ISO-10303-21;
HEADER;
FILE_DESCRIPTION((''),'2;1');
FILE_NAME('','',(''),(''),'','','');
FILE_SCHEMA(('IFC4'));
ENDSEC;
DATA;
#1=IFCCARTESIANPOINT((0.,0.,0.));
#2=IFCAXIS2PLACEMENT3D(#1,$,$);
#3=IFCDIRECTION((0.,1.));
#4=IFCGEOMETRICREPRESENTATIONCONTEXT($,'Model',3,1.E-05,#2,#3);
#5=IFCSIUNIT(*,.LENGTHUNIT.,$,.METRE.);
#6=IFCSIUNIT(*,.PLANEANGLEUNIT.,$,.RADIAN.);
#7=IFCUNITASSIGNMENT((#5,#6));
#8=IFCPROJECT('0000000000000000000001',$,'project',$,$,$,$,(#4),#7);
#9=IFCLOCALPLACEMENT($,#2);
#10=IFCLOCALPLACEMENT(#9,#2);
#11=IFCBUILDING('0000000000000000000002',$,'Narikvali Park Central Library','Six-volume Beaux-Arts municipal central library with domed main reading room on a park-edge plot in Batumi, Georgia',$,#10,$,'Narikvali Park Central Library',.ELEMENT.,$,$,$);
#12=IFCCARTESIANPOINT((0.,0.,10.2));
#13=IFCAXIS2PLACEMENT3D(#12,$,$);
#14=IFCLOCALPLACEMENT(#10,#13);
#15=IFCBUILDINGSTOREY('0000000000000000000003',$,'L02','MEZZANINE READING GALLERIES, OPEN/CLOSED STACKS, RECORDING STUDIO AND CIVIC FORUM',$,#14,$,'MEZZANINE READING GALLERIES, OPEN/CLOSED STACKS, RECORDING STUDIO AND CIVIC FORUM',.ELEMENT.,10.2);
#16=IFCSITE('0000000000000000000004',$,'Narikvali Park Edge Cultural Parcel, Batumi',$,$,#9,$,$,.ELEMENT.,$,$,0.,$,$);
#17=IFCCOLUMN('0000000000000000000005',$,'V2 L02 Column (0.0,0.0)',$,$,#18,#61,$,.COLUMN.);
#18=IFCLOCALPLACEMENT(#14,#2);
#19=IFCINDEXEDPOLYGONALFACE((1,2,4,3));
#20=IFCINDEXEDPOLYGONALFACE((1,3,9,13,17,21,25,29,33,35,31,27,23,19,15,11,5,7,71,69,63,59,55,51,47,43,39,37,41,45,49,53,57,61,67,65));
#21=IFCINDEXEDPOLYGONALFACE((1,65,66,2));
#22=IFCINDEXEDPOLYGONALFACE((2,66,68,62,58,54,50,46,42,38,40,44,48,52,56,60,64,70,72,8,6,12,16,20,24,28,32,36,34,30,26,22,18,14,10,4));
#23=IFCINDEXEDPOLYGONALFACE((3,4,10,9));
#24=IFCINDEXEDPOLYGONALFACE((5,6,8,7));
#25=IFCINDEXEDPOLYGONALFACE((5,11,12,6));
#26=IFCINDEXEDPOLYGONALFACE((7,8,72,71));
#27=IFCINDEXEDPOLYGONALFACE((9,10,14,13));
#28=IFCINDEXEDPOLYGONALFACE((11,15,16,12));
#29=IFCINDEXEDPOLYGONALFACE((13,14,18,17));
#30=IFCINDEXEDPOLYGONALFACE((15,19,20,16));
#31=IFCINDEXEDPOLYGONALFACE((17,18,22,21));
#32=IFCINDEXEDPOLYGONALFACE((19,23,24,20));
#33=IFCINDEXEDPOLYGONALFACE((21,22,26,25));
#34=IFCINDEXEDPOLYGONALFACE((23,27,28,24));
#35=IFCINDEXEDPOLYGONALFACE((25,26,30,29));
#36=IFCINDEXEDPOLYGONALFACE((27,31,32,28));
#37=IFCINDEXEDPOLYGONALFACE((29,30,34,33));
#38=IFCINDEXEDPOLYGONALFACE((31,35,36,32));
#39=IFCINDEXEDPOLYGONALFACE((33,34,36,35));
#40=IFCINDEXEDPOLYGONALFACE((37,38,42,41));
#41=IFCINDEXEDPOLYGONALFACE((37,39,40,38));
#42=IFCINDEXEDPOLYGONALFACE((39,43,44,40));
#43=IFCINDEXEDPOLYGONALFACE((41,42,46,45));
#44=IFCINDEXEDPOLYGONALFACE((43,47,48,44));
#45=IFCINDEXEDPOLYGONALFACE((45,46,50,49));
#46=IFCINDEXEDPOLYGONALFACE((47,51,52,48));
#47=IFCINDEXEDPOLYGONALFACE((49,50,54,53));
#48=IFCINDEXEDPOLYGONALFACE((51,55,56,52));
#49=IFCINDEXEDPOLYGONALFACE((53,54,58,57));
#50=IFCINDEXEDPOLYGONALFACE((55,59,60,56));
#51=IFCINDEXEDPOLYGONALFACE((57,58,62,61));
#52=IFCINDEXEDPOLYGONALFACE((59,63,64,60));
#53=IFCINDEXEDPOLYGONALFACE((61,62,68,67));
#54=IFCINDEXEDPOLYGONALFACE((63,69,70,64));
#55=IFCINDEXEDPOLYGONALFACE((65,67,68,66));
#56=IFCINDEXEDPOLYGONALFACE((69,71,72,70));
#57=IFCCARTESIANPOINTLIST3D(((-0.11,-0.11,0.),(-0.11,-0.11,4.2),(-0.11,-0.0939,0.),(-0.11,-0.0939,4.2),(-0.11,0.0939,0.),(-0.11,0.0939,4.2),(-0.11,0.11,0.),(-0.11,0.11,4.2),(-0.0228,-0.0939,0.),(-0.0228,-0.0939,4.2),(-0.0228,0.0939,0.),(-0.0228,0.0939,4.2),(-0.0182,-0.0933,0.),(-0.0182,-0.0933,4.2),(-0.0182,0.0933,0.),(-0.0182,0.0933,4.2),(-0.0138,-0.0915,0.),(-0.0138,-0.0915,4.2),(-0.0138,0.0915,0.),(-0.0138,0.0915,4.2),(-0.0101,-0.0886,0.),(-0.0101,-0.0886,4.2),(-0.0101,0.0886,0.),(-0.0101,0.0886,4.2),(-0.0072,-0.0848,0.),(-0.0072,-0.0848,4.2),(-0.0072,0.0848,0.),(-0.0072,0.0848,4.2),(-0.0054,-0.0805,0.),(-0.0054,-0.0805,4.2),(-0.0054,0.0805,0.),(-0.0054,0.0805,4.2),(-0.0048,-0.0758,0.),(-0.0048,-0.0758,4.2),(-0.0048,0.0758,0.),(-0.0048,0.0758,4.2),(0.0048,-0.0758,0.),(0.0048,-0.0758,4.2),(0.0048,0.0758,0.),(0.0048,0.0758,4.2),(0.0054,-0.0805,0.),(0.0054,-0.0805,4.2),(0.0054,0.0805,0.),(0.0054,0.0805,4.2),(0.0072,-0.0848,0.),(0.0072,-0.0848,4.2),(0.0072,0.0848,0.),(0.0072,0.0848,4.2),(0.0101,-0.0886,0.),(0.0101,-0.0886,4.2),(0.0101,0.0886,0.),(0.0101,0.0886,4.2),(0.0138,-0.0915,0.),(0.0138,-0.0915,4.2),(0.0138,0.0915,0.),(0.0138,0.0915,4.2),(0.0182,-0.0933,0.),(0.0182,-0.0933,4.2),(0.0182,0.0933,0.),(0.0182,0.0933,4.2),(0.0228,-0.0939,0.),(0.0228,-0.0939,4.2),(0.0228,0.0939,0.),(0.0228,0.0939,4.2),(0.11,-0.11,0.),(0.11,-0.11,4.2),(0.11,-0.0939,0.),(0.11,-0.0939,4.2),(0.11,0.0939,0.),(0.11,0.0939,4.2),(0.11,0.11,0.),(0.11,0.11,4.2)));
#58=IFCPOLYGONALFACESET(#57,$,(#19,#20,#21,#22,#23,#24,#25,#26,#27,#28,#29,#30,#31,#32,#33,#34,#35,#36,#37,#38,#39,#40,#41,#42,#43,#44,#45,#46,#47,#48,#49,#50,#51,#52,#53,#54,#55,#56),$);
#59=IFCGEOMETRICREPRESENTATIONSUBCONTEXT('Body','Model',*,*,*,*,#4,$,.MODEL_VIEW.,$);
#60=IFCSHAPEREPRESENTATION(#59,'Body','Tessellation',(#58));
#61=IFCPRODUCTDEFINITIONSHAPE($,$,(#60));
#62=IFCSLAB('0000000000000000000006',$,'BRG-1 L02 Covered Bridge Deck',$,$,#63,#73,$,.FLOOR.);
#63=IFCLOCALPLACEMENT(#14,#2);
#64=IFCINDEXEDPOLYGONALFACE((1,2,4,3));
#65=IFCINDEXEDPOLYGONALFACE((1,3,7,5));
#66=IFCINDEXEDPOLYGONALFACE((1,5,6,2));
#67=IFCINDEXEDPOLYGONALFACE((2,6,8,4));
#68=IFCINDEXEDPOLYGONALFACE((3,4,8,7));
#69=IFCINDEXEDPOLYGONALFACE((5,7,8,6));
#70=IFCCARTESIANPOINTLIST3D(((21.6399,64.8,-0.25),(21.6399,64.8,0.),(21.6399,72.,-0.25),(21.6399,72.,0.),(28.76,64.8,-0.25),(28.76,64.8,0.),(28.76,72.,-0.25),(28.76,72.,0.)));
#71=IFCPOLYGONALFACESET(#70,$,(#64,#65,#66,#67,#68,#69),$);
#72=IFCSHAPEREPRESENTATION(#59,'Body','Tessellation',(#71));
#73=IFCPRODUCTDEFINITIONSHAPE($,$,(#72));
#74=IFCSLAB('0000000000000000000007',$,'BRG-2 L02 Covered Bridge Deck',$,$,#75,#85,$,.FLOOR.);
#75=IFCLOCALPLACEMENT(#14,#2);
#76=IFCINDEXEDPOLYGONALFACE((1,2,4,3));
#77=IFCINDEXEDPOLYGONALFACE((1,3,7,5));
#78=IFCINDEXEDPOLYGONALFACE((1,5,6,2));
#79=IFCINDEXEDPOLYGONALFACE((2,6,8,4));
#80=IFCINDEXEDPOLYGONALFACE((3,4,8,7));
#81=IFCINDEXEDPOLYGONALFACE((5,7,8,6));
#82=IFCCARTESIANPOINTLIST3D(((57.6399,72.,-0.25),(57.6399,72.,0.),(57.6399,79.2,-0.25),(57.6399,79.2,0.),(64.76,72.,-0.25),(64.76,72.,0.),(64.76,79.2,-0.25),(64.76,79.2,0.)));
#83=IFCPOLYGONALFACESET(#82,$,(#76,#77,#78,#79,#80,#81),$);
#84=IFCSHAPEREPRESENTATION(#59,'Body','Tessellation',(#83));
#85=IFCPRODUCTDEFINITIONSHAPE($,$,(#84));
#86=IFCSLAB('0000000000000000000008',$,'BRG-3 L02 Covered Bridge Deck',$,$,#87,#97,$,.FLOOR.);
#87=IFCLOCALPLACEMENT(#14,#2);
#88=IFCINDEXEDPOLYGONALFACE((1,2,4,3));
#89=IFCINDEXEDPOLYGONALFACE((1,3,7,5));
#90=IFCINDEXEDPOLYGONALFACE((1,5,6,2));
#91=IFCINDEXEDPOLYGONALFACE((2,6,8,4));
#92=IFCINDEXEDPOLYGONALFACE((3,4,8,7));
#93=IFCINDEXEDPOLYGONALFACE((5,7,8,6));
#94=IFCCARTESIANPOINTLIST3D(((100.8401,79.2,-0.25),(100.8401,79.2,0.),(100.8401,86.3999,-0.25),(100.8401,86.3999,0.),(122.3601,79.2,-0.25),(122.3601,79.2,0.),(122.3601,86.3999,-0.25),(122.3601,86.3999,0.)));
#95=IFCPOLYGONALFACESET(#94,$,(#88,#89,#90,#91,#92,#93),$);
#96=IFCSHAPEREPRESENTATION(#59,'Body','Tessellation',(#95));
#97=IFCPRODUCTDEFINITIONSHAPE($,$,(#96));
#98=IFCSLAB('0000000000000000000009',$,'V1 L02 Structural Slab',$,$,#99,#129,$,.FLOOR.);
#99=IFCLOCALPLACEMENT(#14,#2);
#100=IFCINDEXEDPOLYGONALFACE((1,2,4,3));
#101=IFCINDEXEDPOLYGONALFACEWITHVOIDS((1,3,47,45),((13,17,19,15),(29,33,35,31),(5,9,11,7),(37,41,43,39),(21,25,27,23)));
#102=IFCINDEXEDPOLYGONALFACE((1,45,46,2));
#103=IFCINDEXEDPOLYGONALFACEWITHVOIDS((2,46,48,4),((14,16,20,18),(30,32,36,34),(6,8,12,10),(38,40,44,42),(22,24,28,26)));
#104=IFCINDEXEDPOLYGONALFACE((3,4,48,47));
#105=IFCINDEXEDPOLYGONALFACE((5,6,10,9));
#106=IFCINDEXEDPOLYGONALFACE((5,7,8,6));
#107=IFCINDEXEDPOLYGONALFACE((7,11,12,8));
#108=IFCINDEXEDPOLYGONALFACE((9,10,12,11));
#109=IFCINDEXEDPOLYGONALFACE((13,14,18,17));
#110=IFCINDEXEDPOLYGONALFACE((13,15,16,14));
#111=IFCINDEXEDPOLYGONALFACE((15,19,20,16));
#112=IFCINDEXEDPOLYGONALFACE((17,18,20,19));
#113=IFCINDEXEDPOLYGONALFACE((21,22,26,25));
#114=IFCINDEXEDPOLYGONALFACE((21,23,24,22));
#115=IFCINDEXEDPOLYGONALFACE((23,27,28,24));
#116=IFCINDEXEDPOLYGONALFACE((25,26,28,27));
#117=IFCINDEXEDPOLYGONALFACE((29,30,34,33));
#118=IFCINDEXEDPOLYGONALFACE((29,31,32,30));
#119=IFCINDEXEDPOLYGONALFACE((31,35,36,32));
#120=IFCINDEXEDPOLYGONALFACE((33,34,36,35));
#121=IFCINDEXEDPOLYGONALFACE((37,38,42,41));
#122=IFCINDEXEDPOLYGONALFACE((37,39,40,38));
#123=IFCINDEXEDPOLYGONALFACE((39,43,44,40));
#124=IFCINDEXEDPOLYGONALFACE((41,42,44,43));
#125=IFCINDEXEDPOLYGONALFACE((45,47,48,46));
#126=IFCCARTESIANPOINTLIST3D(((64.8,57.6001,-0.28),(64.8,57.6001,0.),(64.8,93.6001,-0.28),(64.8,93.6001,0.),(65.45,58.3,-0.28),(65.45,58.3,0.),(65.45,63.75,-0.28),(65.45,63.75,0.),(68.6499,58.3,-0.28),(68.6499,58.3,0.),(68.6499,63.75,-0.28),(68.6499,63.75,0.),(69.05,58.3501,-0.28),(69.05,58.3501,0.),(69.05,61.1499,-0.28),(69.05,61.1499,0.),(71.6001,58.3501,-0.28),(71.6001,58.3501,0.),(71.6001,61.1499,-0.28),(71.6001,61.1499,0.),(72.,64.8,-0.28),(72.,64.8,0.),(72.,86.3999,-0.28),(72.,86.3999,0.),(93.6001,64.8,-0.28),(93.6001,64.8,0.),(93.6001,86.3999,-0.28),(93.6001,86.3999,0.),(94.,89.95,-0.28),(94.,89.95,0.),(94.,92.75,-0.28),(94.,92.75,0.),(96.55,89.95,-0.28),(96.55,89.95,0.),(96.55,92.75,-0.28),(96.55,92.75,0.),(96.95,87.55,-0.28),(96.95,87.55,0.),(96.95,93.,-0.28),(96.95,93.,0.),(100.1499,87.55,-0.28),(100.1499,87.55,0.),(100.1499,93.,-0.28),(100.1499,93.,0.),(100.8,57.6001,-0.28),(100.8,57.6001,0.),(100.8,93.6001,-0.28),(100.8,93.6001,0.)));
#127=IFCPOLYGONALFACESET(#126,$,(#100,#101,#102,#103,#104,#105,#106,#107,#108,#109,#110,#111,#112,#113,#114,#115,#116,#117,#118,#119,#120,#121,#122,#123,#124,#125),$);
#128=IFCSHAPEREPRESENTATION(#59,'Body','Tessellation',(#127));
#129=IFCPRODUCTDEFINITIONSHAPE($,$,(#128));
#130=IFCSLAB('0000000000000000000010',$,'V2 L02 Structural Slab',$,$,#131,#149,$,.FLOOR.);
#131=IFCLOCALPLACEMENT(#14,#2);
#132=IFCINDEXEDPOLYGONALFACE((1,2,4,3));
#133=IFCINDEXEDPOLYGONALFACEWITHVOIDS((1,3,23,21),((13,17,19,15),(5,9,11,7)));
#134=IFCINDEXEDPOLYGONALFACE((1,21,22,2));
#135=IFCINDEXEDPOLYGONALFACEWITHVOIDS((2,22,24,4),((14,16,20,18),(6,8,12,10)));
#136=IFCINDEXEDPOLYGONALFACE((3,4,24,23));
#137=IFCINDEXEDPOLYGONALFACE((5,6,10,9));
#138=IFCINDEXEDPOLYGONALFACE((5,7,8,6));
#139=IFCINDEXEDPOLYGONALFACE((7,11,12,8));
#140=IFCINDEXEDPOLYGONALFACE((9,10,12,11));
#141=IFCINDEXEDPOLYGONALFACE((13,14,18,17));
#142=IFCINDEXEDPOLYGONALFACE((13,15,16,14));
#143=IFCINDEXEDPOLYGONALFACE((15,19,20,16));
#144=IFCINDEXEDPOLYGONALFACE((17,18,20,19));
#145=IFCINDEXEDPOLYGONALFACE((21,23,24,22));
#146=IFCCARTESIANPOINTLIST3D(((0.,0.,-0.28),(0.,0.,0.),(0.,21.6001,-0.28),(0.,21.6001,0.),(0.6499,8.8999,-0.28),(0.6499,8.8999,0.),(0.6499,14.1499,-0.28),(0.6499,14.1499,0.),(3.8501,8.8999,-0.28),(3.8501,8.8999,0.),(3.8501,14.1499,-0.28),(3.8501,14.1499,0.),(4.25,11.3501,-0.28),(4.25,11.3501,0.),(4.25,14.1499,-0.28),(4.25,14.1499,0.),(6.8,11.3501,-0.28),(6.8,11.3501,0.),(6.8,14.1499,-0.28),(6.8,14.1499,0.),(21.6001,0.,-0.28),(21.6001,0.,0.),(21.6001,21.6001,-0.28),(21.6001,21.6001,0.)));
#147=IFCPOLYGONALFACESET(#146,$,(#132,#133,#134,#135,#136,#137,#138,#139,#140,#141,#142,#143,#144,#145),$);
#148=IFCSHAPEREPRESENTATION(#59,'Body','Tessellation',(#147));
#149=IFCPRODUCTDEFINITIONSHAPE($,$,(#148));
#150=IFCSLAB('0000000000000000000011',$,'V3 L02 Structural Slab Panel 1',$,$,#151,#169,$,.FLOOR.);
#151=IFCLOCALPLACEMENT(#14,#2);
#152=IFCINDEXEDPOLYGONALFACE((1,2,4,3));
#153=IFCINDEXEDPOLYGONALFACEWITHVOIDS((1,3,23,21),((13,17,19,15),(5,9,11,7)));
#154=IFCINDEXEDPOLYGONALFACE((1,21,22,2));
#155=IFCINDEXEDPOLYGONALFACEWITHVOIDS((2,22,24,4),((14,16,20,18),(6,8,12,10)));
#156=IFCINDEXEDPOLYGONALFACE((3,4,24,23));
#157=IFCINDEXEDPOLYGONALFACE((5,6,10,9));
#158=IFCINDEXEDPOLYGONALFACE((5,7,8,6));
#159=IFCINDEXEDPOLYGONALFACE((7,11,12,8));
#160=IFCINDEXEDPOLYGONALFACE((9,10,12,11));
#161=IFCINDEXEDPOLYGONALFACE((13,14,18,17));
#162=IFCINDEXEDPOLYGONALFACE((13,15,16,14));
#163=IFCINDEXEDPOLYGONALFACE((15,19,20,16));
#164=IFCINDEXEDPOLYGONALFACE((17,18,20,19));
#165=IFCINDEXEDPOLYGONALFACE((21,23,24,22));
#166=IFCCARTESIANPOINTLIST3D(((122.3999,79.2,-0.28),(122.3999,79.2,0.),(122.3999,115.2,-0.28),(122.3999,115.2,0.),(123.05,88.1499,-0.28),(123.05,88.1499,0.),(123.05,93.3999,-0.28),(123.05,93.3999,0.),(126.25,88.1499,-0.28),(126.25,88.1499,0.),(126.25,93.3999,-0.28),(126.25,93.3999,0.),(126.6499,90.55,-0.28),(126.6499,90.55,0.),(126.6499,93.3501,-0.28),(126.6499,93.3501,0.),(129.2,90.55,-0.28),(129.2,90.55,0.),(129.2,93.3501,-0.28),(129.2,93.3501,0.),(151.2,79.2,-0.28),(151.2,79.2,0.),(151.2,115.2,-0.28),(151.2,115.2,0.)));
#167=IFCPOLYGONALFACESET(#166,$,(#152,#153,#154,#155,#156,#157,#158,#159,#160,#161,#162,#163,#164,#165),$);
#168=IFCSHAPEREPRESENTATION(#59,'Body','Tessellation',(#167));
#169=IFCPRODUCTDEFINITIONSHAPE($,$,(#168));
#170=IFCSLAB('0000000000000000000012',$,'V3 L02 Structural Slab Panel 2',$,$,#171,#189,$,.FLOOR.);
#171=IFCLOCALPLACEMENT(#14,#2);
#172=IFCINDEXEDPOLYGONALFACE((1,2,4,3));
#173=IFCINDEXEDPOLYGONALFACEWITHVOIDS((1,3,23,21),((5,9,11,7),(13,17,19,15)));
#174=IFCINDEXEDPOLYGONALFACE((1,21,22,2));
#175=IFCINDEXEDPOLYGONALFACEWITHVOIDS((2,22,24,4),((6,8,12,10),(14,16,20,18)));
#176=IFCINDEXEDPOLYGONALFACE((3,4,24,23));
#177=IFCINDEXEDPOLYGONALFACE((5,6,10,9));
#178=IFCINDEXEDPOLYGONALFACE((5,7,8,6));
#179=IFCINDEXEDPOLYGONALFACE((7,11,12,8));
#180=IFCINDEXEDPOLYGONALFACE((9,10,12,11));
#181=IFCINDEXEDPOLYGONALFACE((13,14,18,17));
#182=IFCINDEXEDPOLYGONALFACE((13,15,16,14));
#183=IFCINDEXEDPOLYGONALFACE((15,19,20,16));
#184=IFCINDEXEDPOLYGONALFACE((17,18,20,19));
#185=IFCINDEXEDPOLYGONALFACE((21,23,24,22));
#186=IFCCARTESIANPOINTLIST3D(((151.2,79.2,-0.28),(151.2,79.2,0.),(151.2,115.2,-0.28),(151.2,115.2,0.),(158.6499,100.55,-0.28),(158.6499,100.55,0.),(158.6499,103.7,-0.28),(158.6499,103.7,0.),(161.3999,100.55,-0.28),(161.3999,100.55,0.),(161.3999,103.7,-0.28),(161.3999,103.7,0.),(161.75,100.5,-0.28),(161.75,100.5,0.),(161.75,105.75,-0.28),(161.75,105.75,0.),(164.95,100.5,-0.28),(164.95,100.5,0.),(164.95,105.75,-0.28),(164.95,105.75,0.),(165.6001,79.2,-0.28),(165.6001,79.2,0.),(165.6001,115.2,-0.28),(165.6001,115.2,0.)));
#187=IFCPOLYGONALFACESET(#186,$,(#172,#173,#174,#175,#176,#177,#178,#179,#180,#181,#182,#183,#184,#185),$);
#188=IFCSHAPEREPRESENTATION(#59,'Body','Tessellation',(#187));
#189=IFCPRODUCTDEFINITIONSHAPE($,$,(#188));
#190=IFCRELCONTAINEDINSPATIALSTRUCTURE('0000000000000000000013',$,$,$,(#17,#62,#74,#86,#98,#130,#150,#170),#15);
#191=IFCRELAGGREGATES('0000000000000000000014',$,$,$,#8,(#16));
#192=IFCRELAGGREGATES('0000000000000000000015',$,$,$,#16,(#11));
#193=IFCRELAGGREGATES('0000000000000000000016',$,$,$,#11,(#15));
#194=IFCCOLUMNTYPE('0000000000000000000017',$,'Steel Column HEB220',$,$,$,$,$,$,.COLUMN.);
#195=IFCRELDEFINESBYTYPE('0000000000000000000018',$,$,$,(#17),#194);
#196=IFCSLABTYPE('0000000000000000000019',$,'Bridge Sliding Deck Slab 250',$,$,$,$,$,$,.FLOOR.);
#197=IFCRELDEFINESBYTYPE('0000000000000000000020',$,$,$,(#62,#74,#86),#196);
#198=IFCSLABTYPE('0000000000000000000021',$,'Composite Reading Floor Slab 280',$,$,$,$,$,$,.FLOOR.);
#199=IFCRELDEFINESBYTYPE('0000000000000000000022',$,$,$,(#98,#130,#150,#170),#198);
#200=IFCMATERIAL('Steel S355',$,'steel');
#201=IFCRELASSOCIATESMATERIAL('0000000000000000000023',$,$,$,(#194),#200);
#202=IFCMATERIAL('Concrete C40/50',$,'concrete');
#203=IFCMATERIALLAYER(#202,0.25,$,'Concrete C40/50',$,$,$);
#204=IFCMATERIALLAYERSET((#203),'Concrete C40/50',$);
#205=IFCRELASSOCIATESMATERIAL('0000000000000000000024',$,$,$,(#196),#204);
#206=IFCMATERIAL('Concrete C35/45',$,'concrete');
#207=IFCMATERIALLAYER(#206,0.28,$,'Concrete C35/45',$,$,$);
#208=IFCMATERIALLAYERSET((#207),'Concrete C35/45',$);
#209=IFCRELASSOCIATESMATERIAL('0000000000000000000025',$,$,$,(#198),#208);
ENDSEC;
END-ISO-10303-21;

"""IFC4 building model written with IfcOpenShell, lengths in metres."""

from ifc_helpers import new_model, si_unit, direction, frame, origin, origin_with_axes, origin_2d, place, context, subcontext, project, spatial, polyline, i_section, outline, extrude, material, layer, layer_set, material_profile, profile_set, type_object, element, save


model = new_model("IFC4")

# Units and contexts
model_context = context("Model", 3, precision=1e-05, world=origin(), true_north=direction((0.0, 1.0)))
body_context = subcontext(model_context, "Body", "Model", "MODEL_VIEW")
ifc_project = project(units=[si_unit("LENGTHUNIT", "METRE"), si_unit("PLANEANGLEUNIT", "RADIAN")], contexts=[model_context])

# Site, building, storey
site_placement = place(None, origin())
site = spatial("IfcSite", under=ifc_project, at=site_placement, Name="Narikvali Park Edge Cultural Parcel, Batumi", CompositionType="ELEMENT", RefElevation=0.0)
building_placement = place(site_placement, origin())
building = spatial("IfcBuilding", under=site, at=building_placement, Name="Narikvali Park Central Library", Description="Six-volume Beaux-Arts municipal central library with domed main reading room on a park-edge plot in Batumi, Georgia", LongName="Narikvali Park Central Library", CompositionType="ELEMENT")
storey_placement = place(building_placement, frame((0.0, 0.0, 10.2)))
storey = spatial("IfcBuildingStorey", under=building, at=storey_placement, Name="L02", Description="MEZZANINE READING GALLERIES, OPEN/CLOSED STACKS, RECORDING STUDIO AND CIVIC FORUM", LongName="MEZZANINE READING GALLERIES, OPEN/CLOSED STACKS, RECORDING STUDIO AND CIVIC FORUM", CompositionType="ELEMENT", Elevation=10.2)

# Column
ifc_material_1 = material(Name="Steel S355", Category="steel")
ifc_material_profile = material_profile(ifc_material_1, i_section(OverallWidth=0.22, OverallDepth=0.22, WebThickness=0.0095, FlangeThickness=0.0161, FilletRadius=0.0181, at=origin_2d()), Name="HEB 220")
ifc_profile_set = profile_set([ifc_material_profile], Name="Steel S355")
column_type = type_object("IfcColumnType", Name="Steel Column HEB220", PredefinedType="COLUMN", material=ifc_profile_set)
column_placement = place(storey_placement, origin_with_axes())
element("IfcColumn", 1, at=column_placement, inside=storey, type_object=column_type, Name="V2 L02 Column (0.0,0.0)", PredefinedType="COLUMN", context=body_context, shape_type="SweptSolid", body=[
    extrude(i_section(OverallWidth=0.22, OverallDepth=0.22, WebThickness=0.0095, FlangeThickness=0.0161, FilletRadius=0.0181, at=origin_2d()), origin(), (0.0, 0.0, 1.0), 4.2),
])

# Slabs
ifc_material_2 = material(Name="Concrete C40/50", Category="concrete")
ifc_layer_1 = layer(ifc_material_2, 0.25, Name="Concrete C40/50")
ifc_layer_set_1 = layer_set([ifc_layer_1], Name="Concrete C40/50")
slab_type_1 = type_object("IfcSlabType", Name="Bridge Sliding Deck Slab 250", PredefinedType="FLOOR", material=ifc_layer_set_1)
slab_1_placement = place(storey_placement, frame((0.0, 0.0, -0.25)))
element("IfcSlab", 2, at=slab_1_placement, inside=storey, type_object=slab_type_1, Name="BRG-1 L02 Covered Bridge Deck", PredefinedType="FLOOR", context=body_context, shape_type="SweptSolid", body=[
    extrude(outline(polyline([(21.6399, 64.8), (28.76, 64.8), (28.76, 72.0), (21.6399, 72.0), (21.6399, 64.8)])), origin(), (0.0, 0.0, 1.0), 0.25),
])
slab_2_placement = place(storey_placement, frame((0.0, 0.0, -0.25)))
element("IfcSlab", 3, at=slab_2_placement, inside=storey, type_object=slab_type_1, Name="BRG-2 L02 Covered Bridge Deck", PredefinedType="FLOOR", context=body_context, shape_type="SweptSolid", body=[
    extrude(outline(polyline([(57.6399, 72.0), (64.76, 72.0), (64.76, 79.2), (57.6399, 79.2), (57.6399, 72.0)])), origin(), (0.0, 0.0, 1.0), 0.25),
])
slab_3_placement = place(storey_placement, frame((0.0, 0.0, -0.25)))
element("IfcSlab", 4, at=slab_3_placement, inside=storey, type_object=slab_type_1, Name="BRG-3 L02 Covered Bridge Deck", PredefinedType="FLOOR", context=body_context, shape_type="SweptSolid", body=[
    extrude(outline(polyline([(100.8401, 79.2), (122.3601, 79.2), (122.3601, 86.3999), (100.8401, 86.3999), (100.8401, 79.2)])), origin(), (0.0, 0.0, 1.0), 0.25),
])
ifc_material_3 = material(Name="Concrete C35/45", Category="concrete")
ifc_layer_2 = layer(ifc_material_3, 0.28, Name="Concrete C35/45")
ifc_layer_set_2 = layer_set([ifc_layer_2], Name="Concrete C35/45")
slab_type_2 = type_object("IfcSlabType", Name="Composite Reading Floor Slab 280", PredefinedType="FLOOR", material=ifc_layer_set_2)
slab_4_placement = place(storey_placement, frame((0.0, 0.0, -0.28)))
element("IfcSlab", 5, at=slab_4_placement, inside=storey, type_object=slab_type_2, Name="V1 L02 Structural Slab", PredefinedType="FLOOR", context=body_context, shape_type="SweptSolid", body=[
    extrude(outline(polyline([(64.8, 57.6001), (100.8, 57.6001), (100.8, 93.6001), (64.8, 93.6001), (64.8, 57.6001)]), holes=[polyline([(65.45, 58.3), (68.6499, 58.3), (68.6499, 63.75), (65.45, 63.75), (65.45, 58.3)]), polyline([(69.05, 58.3501), (71.6001, 58.3501), (71.6001, 61.1499), (69.05, 61.1499), (69.05, 58.3501)]), polyline([(96.95, 87.55), (100.1499, 87.55), (100.1499, 93.0), (96.95, 93.0), (96.95, 87.55)]), polyline([(94.0, 89.95), (96.55, 89.95), (96.55, 92.75), (94.0, 92.75), (94.0, 89.95)]), polyline([(72.0, 64.8), (93.6001, 64.8), (93.6001, 86.3999), (72.0, 86.3999), (72.0, 64.8)])]), origin(), (0.0, 0.0, 1.0), 0.28),
])
slab_5_placement = place(storey_placement, frame((0.0, 0.0, -0.28)))
element("IfcSlab", 6, at=slab_5_placement, inside=storey, type_object=slab_type_2, Name="V2 L02 Structural Slab", PredefinedType="FLOOR", context=body_context, shape_type="SweptSolid", body=[
    extrude(outline(polyline([(0.0, 0.0), (21.6001, 0.0), (21.6001, 21.6001), (0.0, 21.6001), (0.0, 0.0)]), holes=[polyline([(0.6499, 8.8999), (3.8501, 8.8999), (3.8501, 14.1499), (0.6499, 14.1499), (0.6499, 8.8999)]), polyline([(4.25, 11.3501), (6.8, 11.3501), (6.8, 14.1499), (4.25, 14.1499), (4.25, 11.3501)])]), origin(), (0.0, 0.0, 1.0), 0.28),
])
slab_6_placement = place(storey_placement, frame((0.0, 0.0, -0.28)))
element("IfcSlab", 7, at=slab_6_placement, inside=storey, type_object=slab_type_2, Name="V3 L02 Structural Slab Panel 1", PredefinedType="FLOOR", context=body_context, shape_type="SweptSolid", body=[
    extrude(outline(polyline([(122.3999, 79.2), (151.2, 79.2), (151.2, 115.2), (122.3999, 115.2), (122.3999, 79.2)]), holes=[polyline([(123.05, 88.1499), (126.25, 88.1499), (126.25, 93.3999), (123.05, 93.3999), (123.05, 88.1499)]), polyline([(126.6499, 90.55), (129.2, 90.55), (129.2, 93.3501), (126.6499, 93.3501), (126.6499, 90.55)])]), origin(), (0.0, 0.0, 1.0), 0.28),
])
slab_7_placement = place(storey_placement, frame((0.0, 0.0, -0.28)))
element("IfcSlab", 8, at=slab_7_placement, inside=storey, type_object=slab_type_2, Name="V3 L02 Structural Slab Panel 2", PredefinedType="FLOOR", context=body_context, shape_type="SweptSolid", body=[
    extrude(outline(polyline([(151.2, 79.2), (165.6001, 79.2), (165.6001, 115.2), (151.2, 115.2), (151.2, 79.2)]), holes=[polyline([(161.75, 100.5), (164.95, 100.5), (164.95, 105.75), (161.75, 105.75), (161.75, 100.5)]), polyline([(158.6499, 100.55), (161.3999, 100.55), (161.3999, 103.7), (158.6499, 103.7), (158.6499, 100.55)])]), origin(), (0.0, 0.0, 1.0), 0.28),
])

save(model, "model.ifc")
